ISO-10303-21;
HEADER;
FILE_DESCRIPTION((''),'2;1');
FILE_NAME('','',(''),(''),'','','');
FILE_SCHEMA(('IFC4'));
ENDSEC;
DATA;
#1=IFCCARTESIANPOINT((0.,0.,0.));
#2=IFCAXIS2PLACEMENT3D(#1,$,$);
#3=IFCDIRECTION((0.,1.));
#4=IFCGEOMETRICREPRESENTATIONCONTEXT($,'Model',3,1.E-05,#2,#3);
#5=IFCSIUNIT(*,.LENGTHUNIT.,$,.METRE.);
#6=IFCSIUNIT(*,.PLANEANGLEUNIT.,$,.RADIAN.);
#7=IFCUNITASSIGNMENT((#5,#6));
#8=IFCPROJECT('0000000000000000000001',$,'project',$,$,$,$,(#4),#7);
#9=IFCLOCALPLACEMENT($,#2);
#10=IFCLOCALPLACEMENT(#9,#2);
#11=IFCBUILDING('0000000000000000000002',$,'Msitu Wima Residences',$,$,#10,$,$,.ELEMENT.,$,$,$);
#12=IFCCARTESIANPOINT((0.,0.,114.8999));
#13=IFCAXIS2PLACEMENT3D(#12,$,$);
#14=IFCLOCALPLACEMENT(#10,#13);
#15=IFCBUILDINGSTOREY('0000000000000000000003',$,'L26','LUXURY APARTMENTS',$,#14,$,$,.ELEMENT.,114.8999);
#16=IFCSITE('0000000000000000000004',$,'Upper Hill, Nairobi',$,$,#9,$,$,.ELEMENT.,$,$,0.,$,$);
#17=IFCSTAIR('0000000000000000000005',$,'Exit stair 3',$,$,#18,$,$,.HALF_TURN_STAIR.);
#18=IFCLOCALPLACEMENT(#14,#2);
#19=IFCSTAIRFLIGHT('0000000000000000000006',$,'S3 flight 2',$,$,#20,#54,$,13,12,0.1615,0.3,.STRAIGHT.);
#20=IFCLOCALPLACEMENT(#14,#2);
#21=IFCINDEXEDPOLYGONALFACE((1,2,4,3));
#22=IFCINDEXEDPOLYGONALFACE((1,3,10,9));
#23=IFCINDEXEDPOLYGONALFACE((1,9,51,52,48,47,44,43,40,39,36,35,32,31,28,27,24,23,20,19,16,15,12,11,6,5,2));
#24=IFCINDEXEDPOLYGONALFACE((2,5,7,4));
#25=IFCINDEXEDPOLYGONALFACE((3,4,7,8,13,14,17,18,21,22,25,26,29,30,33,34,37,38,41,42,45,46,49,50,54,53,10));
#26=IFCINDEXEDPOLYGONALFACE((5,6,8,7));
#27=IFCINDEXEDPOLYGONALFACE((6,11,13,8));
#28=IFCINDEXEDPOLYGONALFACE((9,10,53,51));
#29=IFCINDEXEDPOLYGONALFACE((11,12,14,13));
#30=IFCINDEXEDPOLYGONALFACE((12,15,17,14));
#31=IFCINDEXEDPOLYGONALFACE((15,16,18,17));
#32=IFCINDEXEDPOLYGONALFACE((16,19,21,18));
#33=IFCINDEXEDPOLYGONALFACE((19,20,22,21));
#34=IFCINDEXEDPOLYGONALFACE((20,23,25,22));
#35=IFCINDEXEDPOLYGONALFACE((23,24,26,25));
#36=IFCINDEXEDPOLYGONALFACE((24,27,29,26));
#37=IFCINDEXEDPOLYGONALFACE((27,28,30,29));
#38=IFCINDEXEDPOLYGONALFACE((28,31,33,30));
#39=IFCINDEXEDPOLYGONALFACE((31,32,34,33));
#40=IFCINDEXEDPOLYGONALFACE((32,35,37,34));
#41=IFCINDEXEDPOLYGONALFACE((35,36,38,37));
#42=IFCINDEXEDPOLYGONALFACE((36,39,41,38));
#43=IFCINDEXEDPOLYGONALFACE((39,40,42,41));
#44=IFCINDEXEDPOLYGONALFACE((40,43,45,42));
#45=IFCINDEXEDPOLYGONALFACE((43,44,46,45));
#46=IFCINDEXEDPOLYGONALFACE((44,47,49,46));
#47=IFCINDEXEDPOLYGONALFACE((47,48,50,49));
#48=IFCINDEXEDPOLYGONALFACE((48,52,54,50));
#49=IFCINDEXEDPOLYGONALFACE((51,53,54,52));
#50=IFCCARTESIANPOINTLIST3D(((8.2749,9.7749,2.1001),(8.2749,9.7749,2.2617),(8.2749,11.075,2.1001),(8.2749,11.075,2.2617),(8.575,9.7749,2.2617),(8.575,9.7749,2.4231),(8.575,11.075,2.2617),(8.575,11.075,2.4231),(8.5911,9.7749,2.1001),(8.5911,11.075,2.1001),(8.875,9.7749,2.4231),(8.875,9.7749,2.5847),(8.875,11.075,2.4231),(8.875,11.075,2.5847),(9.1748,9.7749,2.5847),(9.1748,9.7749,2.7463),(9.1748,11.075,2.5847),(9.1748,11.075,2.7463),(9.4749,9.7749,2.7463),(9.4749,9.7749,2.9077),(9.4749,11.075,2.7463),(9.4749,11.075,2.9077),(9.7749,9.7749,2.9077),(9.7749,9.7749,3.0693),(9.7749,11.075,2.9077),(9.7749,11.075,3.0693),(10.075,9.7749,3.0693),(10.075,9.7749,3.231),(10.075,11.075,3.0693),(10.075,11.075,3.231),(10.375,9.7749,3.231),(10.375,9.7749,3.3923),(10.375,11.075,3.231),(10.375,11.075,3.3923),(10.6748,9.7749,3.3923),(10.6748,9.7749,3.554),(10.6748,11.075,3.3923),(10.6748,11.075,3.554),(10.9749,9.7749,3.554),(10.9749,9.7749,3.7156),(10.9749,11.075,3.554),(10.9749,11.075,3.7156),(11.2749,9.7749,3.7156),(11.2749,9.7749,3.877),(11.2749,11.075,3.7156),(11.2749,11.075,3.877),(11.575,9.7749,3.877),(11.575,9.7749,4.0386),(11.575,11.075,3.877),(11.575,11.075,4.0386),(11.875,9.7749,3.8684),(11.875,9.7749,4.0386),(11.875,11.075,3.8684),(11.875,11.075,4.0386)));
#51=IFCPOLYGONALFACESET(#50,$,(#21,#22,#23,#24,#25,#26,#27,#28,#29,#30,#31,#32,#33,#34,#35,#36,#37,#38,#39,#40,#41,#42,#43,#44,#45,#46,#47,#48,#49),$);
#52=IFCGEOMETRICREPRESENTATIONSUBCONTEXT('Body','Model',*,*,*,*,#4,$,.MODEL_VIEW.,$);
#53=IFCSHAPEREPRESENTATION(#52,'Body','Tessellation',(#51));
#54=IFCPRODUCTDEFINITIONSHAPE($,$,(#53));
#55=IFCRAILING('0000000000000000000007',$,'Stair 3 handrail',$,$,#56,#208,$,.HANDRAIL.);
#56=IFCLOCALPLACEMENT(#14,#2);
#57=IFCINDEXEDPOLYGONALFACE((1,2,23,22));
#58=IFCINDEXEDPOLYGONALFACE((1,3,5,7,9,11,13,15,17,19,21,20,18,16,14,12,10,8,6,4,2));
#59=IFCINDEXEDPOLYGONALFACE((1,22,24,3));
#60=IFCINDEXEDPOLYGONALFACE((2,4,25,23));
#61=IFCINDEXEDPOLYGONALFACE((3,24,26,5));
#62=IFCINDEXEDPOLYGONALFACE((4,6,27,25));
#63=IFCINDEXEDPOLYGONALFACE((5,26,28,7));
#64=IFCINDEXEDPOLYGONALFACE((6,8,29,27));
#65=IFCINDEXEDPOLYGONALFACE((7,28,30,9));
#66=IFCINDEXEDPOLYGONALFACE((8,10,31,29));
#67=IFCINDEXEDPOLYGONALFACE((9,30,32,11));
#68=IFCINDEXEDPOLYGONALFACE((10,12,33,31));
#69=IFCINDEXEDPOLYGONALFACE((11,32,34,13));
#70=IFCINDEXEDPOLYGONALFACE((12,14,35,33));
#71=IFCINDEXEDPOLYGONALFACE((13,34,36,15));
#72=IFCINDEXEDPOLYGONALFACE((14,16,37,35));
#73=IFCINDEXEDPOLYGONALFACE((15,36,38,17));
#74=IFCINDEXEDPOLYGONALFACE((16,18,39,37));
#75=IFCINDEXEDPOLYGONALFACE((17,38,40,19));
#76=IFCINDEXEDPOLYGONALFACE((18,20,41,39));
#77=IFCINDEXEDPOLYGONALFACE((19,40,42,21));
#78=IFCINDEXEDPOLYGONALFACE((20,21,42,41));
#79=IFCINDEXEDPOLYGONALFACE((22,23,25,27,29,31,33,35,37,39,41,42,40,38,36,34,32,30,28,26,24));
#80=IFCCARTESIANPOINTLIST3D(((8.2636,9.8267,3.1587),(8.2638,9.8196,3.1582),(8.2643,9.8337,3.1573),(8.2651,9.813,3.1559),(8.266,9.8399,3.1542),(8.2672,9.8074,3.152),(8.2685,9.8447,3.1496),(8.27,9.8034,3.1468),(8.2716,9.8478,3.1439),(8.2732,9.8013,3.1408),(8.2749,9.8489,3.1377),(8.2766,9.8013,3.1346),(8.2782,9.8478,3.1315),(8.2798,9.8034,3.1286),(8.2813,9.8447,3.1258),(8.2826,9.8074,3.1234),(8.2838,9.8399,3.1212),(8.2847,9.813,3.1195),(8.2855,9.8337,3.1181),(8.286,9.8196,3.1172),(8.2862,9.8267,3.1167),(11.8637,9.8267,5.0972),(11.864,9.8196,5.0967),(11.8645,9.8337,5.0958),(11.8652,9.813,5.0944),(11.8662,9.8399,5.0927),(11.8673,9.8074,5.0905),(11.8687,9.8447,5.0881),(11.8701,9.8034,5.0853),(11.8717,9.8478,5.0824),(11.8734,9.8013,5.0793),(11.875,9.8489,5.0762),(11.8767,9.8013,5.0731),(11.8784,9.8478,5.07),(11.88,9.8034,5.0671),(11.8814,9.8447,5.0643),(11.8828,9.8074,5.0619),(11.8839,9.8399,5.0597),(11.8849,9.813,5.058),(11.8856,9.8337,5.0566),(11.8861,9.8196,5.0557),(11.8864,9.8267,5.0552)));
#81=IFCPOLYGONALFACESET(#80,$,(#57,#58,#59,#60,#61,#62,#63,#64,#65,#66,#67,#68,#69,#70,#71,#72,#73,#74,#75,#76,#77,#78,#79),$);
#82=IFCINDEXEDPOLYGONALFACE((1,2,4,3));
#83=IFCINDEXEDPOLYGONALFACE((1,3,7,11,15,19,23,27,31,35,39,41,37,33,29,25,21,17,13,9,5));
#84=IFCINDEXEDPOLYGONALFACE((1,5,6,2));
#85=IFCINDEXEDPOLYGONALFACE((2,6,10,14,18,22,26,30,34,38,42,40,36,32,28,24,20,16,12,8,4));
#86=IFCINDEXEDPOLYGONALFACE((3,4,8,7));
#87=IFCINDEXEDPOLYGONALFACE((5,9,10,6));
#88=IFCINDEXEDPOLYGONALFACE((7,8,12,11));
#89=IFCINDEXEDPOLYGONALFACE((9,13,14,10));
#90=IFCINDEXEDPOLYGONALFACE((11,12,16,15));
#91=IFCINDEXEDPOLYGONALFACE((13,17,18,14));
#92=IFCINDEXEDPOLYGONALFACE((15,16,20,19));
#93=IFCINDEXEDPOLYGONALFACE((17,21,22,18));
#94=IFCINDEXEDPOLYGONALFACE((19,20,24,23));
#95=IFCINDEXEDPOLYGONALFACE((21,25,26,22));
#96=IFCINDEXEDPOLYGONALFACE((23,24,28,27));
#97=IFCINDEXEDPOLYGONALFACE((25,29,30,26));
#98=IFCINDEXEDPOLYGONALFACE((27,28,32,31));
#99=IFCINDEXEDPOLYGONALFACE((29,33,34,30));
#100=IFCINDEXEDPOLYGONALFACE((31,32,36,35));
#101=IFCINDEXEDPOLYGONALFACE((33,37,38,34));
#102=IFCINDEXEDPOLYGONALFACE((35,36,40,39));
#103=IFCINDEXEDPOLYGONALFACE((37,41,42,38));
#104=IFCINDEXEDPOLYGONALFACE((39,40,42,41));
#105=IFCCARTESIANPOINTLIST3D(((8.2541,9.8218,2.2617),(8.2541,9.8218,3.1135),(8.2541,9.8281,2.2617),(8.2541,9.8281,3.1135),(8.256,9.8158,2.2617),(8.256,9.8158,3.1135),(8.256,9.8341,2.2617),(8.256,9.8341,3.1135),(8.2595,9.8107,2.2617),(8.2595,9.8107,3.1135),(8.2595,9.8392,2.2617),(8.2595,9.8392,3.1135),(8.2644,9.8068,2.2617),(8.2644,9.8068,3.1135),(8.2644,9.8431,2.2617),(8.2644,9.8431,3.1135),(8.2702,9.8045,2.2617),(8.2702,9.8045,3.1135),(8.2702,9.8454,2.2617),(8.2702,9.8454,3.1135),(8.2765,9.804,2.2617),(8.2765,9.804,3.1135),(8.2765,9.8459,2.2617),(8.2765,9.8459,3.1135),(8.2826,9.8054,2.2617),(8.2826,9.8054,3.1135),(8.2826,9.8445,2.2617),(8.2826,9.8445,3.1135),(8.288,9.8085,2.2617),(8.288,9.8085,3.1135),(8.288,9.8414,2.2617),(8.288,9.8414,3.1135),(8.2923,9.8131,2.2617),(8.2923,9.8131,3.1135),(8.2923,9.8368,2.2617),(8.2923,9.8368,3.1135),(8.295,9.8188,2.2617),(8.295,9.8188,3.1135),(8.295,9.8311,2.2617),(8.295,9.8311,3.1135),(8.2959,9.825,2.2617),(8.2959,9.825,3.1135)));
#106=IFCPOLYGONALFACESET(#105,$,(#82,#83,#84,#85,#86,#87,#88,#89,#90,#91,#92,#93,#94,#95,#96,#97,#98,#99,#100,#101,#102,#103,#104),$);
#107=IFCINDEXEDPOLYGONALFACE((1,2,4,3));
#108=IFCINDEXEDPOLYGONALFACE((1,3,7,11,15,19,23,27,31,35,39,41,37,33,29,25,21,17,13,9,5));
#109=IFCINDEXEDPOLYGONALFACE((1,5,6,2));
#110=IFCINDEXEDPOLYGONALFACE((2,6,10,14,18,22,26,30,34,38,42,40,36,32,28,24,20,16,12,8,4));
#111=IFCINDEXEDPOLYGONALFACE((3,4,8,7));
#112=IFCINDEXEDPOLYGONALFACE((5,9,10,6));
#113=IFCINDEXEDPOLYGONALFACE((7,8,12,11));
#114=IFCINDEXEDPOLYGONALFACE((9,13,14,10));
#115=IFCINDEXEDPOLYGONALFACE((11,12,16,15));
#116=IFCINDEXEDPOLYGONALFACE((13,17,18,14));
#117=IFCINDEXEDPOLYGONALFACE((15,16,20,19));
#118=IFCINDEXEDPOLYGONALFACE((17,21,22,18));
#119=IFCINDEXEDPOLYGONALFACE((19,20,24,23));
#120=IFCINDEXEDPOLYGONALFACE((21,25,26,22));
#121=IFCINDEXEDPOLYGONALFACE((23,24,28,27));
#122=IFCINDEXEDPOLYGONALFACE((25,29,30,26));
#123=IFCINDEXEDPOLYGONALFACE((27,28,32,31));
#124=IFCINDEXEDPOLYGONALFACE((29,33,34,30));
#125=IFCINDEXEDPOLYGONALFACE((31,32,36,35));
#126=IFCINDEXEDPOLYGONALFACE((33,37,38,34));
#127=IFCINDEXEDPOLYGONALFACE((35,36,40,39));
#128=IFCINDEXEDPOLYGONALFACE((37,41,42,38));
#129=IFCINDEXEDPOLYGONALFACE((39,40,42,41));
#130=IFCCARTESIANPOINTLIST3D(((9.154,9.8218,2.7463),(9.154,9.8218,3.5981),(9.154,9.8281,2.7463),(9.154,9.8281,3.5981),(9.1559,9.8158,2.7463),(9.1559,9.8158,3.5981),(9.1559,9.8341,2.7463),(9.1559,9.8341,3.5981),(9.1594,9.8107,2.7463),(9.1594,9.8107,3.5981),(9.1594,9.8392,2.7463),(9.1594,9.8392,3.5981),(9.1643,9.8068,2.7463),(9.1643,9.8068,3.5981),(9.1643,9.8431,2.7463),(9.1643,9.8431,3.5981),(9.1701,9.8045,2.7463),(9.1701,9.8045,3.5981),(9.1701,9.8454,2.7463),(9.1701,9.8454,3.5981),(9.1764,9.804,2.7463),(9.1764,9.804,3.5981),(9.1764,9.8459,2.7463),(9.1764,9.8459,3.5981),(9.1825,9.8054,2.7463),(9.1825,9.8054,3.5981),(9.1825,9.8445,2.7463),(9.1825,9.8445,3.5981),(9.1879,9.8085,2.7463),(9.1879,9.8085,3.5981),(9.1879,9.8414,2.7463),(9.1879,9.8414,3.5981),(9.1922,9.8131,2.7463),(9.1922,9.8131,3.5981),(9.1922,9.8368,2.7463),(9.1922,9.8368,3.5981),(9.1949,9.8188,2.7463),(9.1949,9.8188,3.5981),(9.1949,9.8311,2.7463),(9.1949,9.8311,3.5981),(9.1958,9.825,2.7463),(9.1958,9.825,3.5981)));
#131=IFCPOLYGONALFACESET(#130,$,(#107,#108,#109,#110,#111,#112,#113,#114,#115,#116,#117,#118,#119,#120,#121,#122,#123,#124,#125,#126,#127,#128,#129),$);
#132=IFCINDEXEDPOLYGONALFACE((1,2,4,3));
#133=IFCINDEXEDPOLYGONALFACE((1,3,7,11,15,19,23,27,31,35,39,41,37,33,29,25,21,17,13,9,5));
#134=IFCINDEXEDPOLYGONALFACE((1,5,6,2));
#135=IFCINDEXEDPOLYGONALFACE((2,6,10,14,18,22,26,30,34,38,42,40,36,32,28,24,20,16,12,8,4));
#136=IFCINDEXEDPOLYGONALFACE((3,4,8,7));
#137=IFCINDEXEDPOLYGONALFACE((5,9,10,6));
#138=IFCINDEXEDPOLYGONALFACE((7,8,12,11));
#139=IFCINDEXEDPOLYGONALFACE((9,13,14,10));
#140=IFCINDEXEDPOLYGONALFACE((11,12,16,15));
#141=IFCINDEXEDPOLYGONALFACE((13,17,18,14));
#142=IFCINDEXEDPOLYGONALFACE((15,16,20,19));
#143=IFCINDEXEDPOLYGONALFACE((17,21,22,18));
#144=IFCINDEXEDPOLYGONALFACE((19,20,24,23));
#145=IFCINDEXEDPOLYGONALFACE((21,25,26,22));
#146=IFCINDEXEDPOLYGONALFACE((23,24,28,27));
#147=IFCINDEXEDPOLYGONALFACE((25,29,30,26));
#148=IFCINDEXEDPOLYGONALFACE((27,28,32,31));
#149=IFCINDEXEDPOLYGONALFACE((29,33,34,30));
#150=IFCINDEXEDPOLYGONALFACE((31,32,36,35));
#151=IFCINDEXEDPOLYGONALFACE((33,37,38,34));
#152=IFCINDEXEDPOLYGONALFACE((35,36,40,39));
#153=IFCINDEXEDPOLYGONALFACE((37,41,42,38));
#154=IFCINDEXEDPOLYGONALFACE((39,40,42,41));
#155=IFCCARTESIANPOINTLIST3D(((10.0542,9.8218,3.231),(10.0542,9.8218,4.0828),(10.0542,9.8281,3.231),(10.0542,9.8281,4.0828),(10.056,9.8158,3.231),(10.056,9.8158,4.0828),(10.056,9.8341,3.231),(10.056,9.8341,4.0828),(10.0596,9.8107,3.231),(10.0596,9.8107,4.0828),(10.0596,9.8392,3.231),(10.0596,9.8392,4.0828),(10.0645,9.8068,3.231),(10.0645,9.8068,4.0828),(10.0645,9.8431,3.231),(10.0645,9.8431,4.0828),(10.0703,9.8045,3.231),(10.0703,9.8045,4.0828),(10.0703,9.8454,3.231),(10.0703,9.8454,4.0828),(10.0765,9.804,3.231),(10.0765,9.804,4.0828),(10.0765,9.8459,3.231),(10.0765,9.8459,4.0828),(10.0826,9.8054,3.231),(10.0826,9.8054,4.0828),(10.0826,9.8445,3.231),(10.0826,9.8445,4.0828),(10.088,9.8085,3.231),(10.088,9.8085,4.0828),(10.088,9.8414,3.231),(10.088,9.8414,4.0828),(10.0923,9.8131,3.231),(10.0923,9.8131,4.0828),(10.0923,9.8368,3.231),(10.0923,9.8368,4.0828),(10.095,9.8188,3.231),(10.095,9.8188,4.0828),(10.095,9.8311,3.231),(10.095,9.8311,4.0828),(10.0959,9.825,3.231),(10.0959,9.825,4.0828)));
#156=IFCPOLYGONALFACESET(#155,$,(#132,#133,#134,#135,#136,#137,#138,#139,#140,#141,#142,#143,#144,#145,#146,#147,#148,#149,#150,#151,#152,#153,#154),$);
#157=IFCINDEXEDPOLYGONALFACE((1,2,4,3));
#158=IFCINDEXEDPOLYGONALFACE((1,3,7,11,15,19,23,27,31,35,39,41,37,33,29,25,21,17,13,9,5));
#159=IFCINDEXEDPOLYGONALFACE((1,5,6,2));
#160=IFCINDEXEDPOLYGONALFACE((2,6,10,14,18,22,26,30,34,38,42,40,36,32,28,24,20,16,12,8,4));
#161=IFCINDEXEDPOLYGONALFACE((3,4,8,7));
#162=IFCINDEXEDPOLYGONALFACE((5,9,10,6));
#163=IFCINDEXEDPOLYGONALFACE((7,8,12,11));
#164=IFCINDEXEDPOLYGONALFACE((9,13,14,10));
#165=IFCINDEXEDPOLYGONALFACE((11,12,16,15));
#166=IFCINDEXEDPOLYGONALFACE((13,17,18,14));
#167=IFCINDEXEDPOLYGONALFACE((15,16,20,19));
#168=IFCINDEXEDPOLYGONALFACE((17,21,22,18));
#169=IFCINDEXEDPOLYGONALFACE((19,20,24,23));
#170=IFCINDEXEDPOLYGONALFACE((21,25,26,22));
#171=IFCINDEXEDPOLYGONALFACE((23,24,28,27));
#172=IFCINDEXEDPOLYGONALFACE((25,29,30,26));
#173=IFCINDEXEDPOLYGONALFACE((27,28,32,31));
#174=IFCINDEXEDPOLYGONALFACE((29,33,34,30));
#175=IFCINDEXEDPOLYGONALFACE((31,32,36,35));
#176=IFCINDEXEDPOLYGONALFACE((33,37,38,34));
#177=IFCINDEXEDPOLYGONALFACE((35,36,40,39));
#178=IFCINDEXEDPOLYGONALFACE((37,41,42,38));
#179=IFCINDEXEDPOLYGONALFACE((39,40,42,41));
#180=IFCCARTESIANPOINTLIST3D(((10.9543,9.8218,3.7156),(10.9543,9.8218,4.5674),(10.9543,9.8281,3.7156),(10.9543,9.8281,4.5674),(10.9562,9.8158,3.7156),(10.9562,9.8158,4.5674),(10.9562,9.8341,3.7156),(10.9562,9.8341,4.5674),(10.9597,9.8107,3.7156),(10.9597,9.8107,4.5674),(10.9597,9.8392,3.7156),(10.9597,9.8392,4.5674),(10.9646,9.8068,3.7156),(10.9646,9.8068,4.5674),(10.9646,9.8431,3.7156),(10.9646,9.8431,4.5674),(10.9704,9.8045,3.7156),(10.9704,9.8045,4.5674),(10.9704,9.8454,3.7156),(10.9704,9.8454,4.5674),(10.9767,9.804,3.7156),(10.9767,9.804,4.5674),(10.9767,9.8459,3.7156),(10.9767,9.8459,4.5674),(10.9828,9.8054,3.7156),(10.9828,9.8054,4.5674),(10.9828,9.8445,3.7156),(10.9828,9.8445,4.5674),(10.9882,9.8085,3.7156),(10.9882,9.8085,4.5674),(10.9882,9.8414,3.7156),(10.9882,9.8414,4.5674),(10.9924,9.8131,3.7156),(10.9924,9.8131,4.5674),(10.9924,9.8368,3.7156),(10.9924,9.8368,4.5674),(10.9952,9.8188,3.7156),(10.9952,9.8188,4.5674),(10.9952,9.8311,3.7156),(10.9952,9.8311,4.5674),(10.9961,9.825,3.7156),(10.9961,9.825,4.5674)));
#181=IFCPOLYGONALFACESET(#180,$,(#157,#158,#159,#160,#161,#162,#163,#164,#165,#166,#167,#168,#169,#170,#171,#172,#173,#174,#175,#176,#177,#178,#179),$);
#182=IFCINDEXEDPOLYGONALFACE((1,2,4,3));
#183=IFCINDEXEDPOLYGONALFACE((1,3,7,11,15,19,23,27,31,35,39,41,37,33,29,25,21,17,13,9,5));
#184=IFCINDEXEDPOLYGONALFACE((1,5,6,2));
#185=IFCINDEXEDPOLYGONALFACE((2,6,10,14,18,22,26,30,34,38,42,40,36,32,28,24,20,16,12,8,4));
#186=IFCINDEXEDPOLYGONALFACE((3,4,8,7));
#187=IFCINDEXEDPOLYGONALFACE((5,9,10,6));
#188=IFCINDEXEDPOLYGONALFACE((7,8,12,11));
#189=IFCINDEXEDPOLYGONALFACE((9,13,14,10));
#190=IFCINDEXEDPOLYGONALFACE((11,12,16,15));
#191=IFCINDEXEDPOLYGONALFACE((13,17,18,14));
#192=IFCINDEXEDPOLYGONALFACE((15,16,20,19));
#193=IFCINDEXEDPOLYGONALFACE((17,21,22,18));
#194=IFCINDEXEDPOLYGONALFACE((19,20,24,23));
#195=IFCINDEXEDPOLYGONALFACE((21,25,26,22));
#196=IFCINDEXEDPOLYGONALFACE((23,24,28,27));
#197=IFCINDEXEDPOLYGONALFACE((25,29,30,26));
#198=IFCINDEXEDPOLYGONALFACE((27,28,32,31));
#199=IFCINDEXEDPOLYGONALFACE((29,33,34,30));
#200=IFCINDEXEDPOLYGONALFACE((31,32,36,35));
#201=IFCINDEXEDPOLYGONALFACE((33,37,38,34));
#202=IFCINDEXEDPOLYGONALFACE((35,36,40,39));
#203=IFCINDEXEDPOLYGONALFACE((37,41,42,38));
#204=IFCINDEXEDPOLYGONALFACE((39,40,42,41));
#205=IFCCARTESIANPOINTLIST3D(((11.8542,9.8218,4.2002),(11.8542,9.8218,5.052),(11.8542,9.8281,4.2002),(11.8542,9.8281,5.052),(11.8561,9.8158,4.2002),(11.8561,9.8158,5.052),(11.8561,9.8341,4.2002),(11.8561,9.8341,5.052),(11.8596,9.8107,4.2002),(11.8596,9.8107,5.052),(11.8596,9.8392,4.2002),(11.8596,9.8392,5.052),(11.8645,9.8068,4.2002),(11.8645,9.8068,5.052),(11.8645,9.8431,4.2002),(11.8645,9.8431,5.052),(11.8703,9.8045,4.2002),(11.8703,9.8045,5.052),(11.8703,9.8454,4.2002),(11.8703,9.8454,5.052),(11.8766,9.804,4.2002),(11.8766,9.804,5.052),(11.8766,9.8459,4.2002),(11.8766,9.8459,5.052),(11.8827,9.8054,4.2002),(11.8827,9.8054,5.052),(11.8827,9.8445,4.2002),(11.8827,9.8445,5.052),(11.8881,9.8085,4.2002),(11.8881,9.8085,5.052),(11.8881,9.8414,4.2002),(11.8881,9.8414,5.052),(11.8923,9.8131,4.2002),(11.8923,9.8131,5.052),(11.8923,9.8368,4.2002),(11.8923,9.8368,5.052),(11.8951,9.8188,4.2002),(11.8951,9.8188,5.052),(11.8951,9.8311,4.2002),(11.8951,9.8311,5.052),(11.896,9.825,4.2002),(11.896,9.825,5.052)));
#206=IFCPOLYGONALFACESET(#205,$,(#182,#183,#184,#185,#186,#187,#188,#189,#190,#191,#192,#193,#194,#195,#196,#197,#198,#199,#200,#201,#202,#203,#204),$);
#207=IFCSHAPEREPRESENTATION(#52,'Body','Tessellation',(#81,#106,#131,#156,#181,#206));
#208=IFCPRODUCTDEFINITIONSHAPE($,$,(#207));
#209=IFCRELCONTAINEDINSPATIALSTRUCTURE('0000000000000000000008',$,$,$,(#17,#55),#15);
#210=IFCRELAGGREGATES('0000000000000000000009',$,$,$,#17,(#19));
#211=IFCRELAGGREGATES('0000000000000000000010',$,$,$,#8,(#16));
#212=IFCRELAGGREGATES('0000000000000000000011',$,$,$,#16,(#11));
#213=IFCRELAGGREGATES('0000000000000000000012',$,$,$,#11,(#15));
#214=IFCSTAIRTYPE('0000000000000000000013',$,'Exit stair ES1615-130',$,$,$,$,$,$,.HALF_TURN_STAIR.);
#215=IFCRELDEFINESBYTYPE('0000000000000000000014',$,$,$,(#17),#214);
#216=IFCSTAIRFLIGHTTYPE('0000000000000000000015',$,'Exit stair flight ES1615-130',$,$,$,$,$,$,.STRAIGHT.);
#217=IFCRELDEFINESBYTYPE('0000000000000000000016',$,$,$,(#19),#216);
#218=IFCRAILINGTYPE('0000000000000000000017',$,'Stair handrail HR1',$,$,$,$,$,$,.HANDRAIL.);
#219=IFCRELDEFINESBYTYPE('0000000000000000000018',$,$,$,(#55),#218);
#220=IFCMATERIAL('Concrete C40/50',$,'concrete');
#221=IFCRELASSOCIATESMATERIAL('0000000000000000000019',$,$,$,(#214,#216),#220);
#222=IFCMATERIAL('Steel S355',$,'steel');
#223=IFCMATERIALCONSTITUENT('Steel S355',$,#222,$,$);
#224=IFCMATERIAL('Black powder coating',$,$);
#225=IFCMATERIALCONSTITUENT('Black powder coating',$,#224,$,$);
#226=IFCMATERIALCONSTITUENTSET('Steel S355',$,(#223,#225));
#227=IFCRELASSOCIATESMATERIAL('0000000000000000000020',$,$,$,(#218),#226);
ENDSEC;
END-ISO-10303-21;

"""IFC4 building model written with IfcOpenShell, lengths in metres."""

from ifc_helpers import new_model, si_unit, direction, frame, origin, origin_2d, place, context, subcontext, project, spatial, polyline, circle, outline, extrude, material, constituent, constituent_set, type_object, element, aggregate, save


model = new_model("IFC4")

# Units and contexts
model_context = context("Model", 3, precision=1e-05, world=origin(), true_north=direction((0.0, 1.0)))
body_context = subcontext(model_context, "Body", "Model", "MODEL_VIEW")
ifc_project = project(units=[si_unit("LENGTHUNIT", "METRE"), si_unit("PLANEANGLEUNIT", "RADIAN")], contexts=[model_context])

# Site, building, storey
site_placement = place(None, origin())
site = spatial("IfcSite", under=ifc_project, at=site_placement, Name="Upper Hill, Nairobi", CompositionType="ELEMENT", RefElevation=0.0)
building_placement = place(site_placement, origin())
building = spatial("IfcBuilding", under=site, at=building_placement, Name="Msitu Wima Residences", CompositionType="ELEMENT")
storey_placement = place(building_placement, frame((0.0, 0.0, 114.8999)))
storey = spatial("IfcBuildingStorey", under=building, at=storey_placement, Name="L26", Description="LUXURY APARTMENTS", CompositionType="ELEMENT", Elevation=114.8999)

# Shared definitions
ifc_material_1 = material(Name="Concrete C40/50", Category="concrete")

# Stair
stair_type = type_object("IfcStairType", Name="Exit stair ES1615-130", PredefinedType="HALF_TURN_STAIR", material=ifc_material_1)
stair_1_placement = place(storey_placement, origin())
stair_1 = element("IfcStair", 1, at=stair_1_placement, inside=storey, type_object=stair_type, Name="Exit stair 3", PredefinedType="HALF_TURN_STAIR")

# Stair flight
stair_flight_type = type_object("IfcStairFlightType", Name="Exit stair flight ES1615-130", PredefinedType="STRAIGHT", material=ifc_material_1)
stair_flight_placement = place(storey_placement, frame((8.2749, 10.425, 2.1001), z_axis=(0.0, 0.0, 1.0), x_axis=(1.0, 0.0, 0.0)))
stair_flight = element("IfcStairFlight", 2, at=stair_flight_placement, type_object=stair_flight_type, Name="S3 flight 2", NumberOfRisers=13, NumberOfTreads=12, PredefinedType="STRAIGHT", RiserHeight=0.1615, TreadLength=0.3, context=body_context, shape_type="SweptSolid", body=[
    extrude(outline(polyline([(0.0, 0.0), (0.0, 0.1616), (0.3, 0.1616), (0.3, 0.323), (0.6001, 0.323), (0.6001, 0.4846), (0.8999, 0.4846), (0.8999, 0.6462), (1.2, 0.6462), (1.2, 0.8076), (1.5, 0.8076), (1.5, 0.9692), (1.8, 0.9692), (1.8, 1.1309), (2.1001, 1.1309), (2.1001, 1.2922), (2.3999, 1.2922), (2.3999, 1.4539), (2.7, 1.4539), (2.7, 1.6155), (3.0, 1.6155), (3.0, 1.7769), (3.3, 1.7769), (3.3, 1.9385), (3.6001, 1.9385), (3.6001, 2.1001), (3.6001, 1.7683), (0.3162, 0.0), (0.0, 0.0)])), frame((0.0, 0.6499, 0.0), z_axis=(0.0, -1.0, 0.0), x_axis=(1.0, 0.0, 0.0)), (0.0, 0.0, 1.0), 1.3),
])
aggregate(stair_1, [stair_flight])

# Railing
ifc_material_2 = material(Name="Steel S355", Category="steel")
ifc_constituent_1 = constituent(ifc_material_2, Name="Steel S355")
ifc_material_3 = material(Name="Black powder coating")
ifc_constituent_2 = constituent(ifc_material_3, Name="Black powder coating")
ifc_constituent_set = constituent_set(constituents=[ifc_constituent_1, ifc_constituent_2], Name="Steel S355")
railing_type = type_object("IfcRailingType", Name="Stair handrail HR1", PredefinedType="HANDRAIL", material=ifc_constituent_set)
for number, where, name in (
    (3, (8.2749, 9.825, 2.2617), "Stair 3 handrail"),
):
    element("IfcRailing", number, at=place(storey_placement, frame(where)), inside=storey, type_object=railing_type, Name=name, PredefinedType="HANDRAIL", context=body_context, shape_type="SweptSolid", body=[
        extrude(circle(Radius=0.0239, at=origin_2d()), frame((0.0, 0.0, 0.876), z_axis=(0.880475, 0.0, 0.474093), x_axis=(0.0, 1.0, 0.0)), (0.0, 0.0, 1.0), 4.0889),
        extrude(circle(Radius=0.021, at=origin_2d()), origin(), (0.0, 0.0, 1.0), 0.8518),
        extrude(circle(Radius=0.021, at=origin_2d()), frame((0.8999, 0.0, 0.4846)), (0.0, 0.0, 1.0), 0.8518),
        extrude(circle(Radius=0.021, at=origin_2d()), frame((1.8, 0.0, 0.9692)), (0.0, 0.0, 1.0), 0.8518),
        extrude(circle(Radius=0.021, at=origin_2d()), frame((2.7002, 0.0, 1.4539)), (0.0, 0.0, 1.0), 0.8518),
        extrude(circle(Radius=0.021, at=origin_2d()), frame((3.6001, 0.0, 1.9385)), (0.0, 0.0, 1.0), 0.8518),
    ])

save(model, "model.ifc")
